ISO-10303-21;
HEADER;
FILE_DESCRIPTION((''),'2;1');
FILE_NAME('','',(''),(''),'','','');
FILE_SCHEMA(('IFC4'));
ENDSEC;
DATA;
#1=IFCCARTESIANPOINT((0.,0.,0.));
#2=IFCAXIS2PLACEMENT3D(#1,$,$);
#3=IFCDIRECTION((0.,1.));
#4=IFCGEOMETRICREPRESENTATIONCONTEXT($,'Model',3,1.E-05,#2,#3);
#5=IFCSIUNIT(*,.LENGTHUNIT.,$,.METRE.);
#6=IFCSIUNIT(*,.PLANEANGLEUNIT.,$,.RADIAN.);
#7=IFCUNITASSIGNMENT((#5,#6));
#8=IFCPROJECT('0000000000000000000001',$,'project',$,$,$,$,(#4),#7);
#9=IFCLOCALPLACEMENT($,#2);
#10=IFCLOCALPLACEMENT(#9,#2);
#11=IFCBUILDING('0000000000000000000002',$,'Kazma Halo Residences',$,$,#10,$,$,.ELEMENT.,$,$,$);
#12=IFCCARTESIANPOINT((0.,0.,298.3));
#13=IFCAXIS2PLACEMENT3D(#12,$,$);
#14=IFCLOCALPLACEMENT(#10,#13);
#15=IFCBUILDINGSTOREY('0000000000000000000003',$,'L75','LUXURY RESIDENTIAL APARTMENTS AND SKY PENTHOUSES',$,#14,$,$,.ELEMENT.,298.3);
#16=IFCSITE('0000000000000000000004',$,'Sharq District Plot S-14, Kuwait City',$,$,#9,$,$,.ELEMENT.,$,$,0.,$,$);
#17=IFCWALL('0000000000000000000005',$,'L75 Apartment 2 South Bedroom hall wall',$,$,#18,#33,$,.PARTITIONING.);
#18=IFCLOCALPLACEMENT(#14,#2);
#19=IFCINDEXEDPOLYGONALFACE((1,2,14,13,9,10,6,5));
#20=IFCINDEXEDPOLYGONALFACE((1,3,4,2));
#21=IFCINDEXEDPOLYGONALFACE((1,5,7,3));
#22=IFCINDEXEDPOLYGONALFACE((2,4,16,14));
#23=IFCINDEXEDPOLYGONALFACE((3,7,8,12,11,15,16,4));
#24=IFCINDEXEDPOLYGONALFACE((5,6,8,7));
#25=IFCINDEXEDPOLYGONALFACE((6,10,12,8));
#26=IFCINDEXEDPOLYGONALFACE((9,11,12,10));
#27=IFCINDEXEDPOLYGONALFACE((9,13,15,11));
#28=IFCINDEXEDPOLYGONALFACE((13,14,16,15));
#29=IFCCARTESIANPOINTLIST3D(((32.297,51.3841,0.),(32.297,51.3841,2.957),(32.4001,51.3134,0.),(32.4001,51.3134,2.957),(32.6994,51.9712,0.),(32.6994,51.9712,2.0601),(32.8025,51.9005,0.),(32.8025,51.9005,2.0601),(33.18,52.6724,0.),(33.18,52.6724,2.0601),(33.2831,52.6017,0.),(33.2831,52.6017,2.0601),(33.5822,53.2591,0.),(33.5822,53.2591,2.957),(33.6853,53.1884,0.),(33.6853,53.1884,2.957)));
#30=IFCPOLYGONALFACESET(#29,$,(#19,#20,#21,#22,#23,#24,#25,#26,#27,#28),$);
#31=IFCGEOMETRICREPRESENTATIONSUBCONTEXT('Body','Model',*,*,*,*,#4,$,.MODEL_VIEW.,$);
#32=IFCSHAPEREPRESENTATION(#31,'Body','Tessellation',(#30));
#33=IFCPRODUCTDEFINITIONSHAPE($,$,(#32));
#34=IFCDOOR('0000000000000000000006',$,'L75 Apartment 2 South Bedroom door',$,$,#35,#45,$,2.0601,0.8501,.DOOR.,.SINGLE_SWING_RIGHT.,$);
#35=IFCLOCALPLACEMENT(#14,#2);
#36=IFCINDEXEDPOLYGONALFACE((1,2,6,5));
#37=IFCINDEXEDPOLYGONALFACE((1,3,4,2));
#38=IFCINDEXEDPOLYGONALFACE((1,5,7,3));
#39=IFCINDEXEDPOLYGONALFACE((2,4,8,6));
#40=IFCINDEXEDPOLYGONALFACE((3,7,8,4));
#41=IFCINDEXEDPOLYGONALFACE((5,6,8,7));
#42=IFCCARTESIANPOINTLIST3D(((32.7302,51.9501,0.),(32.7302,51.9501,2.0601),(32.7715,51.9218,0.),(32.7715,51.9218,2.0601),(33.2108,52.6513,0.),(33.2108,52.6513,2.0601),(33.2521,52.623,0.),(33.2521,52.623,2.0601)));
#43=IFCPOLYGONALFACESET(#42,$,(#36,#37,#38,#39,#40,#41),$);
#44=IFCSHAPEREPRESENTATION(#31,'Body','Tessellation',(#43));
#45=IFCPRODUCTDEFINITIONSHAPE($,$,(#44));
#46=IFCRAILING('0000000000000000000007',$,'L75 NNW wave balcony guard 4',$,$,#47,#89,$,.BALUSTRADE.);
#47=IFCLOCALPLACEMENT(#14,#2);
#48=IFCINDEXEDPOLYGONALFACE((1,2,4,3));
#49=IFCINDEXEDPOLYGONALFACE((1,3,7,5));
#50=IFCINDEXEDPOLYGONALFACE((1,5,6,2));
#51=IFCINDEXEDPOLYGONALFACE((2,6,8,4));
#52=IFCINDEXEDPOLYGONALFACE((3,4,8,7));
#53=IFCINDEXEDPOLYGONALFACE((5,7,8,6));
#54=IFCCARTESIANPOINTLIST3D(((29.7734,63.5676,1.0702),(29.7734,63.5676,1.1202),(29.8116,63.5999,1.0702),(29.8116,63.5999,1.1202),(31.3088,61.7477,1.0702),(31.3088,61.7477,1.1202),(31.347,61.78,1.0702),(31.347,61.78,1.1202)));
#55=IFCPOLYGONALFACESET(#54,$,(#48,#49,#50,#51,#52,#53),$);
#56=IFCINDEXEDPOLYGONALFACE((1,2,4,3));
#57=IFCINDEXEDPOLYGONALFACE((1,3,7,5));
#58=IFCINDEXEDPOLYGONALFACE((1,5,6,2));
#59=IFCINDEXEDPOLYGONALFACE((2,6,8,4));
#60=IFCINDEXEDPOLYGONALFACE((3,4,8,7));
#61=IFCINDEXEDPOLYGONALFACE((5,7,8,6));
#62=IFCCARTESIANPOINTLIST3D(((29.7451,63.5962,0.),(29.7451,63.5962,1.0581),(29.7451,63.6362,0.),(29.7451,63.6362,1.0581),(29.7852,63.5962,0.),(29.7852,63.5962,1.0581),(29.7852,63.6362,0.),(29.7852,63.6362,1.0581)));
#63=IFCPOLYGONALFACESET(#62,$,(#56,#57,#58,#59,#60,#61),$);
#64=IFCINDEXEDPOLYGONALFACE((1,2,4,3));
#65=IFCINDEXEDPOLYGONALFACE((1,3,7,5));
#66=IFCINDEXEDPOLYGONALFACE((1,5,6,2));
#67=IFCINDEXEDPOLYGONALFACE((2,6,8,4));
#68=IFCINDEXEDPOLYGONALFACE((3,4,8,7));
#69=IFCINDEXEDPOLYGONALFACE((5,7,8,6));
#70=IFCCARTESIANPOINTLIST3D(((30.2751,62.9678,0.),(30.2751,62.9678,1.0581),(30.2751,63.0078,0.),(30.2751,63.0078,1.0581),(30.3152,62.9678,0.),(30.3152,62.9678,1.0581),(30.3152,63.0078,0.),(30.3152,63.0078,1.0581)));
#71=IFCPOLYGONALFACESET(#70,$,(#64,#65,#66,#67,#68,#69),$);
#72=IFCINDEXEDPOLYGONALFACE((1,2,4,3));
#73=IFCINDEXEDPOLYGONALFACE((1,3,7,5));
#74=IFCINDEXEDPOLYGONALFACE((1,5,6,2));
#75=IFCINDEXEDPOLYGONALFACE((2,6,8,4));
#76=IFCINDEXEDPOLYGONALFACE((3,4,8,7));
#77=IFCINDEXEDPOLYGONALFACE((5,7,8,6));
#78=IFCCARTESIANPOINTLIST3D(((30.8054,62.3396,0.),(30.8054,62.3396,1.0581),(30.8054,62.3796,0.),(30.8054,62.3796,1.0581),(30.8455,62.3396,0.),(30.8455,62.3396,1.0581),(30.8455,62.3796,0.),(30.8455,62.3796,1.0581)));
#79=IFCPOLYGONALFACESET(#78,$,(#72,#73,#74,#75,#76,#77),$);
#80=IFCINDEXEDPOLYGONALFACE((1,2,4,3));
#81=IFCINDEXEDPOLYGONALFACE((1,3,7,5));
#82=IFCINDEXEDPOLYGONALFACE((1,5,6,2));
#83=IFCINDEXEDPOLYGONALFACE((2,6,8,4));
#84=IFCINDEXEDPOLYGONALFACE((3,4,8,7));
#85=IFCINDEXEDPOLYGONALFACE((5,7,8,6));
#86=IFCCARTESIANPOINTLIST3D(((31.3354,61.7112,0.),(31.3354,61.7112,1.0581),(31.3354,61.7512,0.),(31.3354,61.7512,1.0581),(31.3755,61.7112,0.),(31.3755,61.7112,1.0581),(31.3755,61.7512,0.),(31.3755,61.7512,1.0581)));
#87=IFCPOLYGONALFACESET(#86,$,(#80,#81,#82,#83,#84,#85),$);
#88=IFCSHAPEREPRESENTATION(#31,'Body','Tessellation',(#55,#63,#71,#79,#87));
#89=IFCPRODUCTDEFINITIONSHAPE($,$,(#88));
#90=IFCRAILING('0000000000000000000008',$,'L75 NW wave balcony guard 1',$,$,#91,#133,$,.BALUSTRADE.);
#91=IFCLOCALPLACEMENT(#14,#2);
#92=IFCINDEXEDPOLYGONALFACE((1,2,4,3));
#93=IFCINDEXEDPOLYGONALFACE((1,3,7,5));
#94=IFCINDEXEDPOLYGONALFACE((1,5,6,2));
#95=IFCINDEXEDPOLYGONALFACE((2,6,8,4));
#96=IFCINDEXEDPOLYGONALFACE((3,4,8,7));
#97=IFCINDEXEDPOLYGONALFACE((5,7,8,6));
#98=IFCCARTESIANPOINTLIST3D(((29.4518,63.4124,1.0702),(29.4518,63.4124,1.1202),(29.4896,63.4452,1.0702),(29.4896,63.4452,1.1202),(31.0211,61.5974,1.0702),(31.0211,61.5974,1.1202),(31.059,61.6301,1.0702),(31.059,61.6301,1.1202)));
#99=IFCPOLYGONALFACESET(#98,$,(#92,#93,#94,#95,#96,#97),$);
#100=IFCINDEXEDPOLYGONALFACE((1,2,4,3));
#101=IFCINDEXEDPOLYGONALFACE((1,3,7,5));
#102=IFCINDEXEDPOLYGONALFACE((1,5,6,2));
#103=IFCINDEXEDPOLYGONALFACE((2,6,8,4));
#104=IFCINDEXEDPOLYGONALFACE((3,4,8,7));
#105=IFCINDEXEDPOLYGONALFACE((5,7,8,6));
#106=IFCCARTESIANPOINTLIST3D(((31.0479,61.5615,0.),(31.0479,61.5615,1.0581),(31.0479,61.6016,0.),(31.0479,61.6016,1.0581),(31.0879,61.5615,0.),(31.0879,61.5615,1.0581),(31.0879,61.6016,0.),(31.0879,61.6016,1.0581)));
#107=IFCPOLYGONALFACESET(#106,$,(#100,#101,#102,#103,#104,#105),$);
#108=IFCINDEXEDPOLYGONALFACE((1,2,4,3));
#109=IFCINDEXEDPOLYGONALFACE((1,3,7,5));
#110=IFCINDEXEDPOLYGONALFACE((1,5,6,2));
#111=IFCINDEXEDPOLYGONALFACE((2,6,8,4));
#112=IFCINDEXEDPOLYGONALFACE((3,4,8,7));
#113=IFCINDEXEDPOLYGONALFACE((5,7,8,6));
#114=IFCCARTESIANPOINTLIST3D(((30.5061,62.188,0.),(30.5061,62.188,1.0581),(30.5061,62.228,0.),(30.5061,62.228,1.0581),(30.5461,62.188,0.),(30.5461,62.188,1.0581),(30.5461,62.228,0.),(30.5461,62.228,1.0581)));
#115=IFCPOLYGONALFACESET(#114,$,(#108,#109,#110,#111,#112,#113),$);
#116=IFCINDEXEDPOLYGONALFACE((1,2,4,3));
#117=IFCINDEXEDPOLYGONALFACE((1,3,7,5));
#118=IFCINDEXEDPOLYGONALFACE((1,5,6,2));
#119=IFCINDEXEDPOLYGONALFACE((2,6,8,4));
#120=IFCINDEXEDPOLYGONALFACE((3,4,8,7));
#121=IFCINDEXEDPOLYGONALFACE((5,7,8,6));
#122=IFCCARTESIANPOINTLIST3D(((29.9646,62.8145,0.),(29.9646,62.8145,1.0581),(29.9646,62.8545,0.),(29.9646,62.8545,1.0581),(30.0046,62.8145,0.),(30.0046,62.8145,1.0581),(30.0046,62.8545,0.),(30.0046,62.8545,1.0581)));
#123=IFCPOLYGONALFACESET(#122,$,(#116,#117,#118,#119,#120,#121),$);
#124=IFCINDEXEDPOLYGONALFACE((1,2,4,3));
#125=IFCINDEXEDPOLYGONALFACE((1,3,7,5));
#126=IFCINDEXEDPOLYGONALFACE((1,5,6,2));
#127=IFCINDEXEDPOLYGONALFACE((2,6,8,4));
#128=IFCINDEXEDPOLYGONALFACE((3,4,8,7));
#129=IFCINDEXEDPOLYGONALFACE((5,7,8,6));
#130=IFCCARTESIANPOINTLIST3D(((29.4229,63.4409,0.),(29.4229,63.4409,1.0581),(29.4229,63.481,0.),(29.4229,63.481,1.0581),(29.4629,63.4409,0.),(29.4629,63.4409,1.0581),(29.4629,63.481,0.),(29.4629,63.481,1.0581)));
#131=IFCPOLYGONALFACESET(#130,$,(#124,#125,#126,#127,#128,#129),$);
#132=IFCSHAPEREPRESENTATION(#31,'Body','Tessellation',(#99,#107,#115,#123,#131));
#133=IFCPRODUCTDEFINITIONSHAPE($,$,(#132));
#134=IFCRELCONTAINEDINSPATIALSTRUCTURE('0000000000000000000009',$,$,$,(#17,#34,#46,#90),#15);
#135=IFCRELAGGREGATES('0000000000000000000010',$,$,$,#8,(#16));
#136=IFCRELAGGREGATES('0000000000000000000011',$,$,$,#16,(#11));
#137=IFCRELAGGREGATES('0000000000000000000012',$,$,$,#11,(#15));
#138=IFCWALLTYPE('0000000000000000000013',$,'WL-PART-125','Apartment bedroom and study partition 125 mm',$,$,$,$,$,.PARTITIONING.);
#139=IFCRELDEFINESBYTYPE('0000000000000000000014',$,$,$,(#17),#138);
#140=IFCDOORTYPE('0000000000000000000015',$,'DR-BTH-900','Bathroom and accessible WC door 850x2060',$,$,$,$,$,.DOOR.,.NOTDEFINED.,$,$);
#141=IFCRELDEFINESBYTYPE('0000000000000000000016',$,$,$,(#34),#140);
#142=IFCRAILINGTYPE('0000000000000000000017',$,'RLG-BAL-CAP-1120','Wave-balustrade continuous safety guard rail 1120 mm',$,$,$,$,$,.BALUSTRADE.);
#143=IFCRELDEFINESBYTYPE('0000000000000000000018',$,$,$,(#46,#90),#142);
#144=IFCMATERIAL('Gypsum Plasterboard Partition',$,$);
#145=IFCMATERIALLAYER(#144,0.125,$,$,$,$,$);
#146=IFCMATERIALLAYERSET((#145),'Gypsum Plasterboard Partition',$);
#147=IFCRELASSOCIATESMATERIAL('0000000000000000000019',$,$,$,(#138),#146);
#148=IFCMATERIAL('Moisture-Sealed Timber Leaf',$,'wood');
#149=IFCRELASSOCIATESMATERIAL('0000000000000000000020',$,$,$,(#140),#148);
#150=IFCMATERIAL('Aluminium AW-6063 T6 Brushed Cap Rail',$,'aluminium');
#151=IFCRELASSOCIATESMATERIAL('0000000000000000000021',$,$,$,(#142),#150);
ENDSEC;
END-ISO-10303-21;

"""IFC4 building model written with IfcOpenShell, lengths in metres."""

from ifc_helpers import new_model, si_unit, direction, frame, frame_2d, origin, origin_2d, place, context, subcontext, project, spatial, rectangle, extrude, material, layer, layer_set, type_object, element, fill, save


model = new_model("IFC4")

# Units and contexts
model_context = context("Model", 3, precision=1e-05, world=origin(), true_north=direction((0.0, 1.0)))
body_context = subcontext(model_context, "Body", "Model", "MODEL_VIEW")
ifc_project = project(units=[si_unit("LENGTHUNIT", "METRE"), si_unit("PLANEANGLEUNIT", "RADIAN")], contexts=[model_context])

# Site, building, storey
site_placement = place(None, origin())
site = spatial("IfcSite", under=ifc_project, at=site_placement, Name="Sharq District Plot S-14, Kuwait City", CompositionType="ELEMENT", RefElevation=0.0)
building_placement = place(site_placement, origin())
building = spatial("IfcBuilding", under=site, at=building_placement, Name="Kazma Halo Residences", CompositionType="ELEMENT")
storey_placement = place(building_placement, frame((0.0, 0.0, 298.3)))
storey = spatial("IfcBuildingStorey", under=building, at=storey_placement, Name="L75", Description="LUXURY RESIDENTIAL APARTMENTS AND SKY PENTHOUSES", CompositionType="ELEMENT", Elevation=298.3)

# Shared definitions
ifc_material_1 = material(Name="Gypsum Plasterboard Partition")
ifc_layer_1 = layer(ifc_material_1, 0.125)
ifc_layer_set_1 = layer_set([ifc_layer_1], Name="Gypsum Plasterboard Partition")
wall_type_1 = type_object("IfcWallType", Name="WL-PART-125", Description="Apartment bedroom and study partition 125 mm", PredefinedType="PARTITIONING", material=ifc_layer_set_1)

# Wall, opening, door
wall_1_placement = place(storey_placement, frame((33.6338, 53.2239, 0.0), z_axis=(0.0, 0.0, 1.0), x_axis=(-0.565361, -0.824843, 0.0)))
wall_1 = element("IfcWall", 1, at=wall_1_placement, inside=storey, type_object=wall_type_1, Name="L75 Apartment 2 South Bedroom hall wall", PredefinedType="PARTITIONING", context=body_context, shape_type="SweptSolid", body=[
    extrude(rectangle(XDim=2.2732, YDim=0.125, at=frame_2d((1.1367, 0.0))), origin(), (0.0, 0.0, 1.0), 2.957),
])
opening_1_placement = place(wall_1_placement, frame((0.7114, 0.0, 0.0)))
opening_1 = element("IfcOpeningElement", 2, at=opening_1_placement, cuts=wall_1, PredefinedType="OPENING", context=body_context, shape_type="SweptSolid", body=[
    extrude(rectangle(XDim=0.8501, YDim=2.0601, at=frame_2d((0.425, 1.03))), frame((0.0, 0.0725, 0.0), z_axis=(0.0, -1.0, 0.0), x_axis=(1.0, 0.0, 0.0)), (0.0, 0.0, 1.0), 0.145),
])
ifc_material_2 = material(Name="Moisture-Sealed Timber Leaf", Category="wood")
door_type_1 = type_object("IfcDoorType", Name="DR-BTH-900", Description="Bathroom and accessible WC door 850x2060", OperationType="NOTDEFINED", PredefinedType="DOOR", material=ifc_material_2)
door_1_placement = place(opening_1_placement, origin())
door_1 = element("IfcDoor", 3, at=door_1_placement, inside=storey, type_object=door_type_1, Name="L75 Apartment 2 South Bedroom door", OperationType="SINGLE_SWING_RIGHT", OverallHeight=2.0601, OverallWidth=0.8501, PredefinedType="DOOR", context=body_context, shape_type="SweptSolid", body=[
    extrude(rectangle(XDim=0.8501, YDim=2.0601, at=frame_2d((0.425, 1.03))), frame((0.0, 0.0249, 0.0), z_axis=(0.0, -1.0, 0.0), x_axis=(1.0, 0.0, 0.0)), (0.0, 0.0, 1.0), 0.05),
])
fill(opening_1, door_1)

# Railings
ifc_material_3 = material(Name="Aluminium AW-6063 T6 Brushed Cap Rail", Category="aluminium")
railing_type = type_object("IfcRailingType", Name="RLG-BAL-CAP-1120", Description="Wave-balustrade continuous safety guard rail 1120 mm", PredefinedType="BALUSTRADE", material=ifc_material_3)
railing_1_placement = place(storey_placement, frame((29.7651, 63.6162, 0.0)))
element("IfcRailing", 4, at=railing_1_placement, inside=storey, type_object=railing_type, Name="L75 NNW wave balcony guard 4", PredefinedType="BALUSTRADE", context=body_context, shape_type="SweptSolid", body=[
    extrude(rectangle(XDim=0.05, YDim=0.05, at=origin_2d()), frame((0.0273, -0.0325, 1.0952), z_axis=(0.644837, -0.76432, 0.0), x_axis=(0.76432, 0.644837, 0.0)), (0.0, 0.0, 1.0), 2.3811),
    extrude(rectangle(XDim=0.04, YDim=0.04, at=origin_2d()), origin(), (0.0, 0.0, 1.0), 1.0581),
    extrude(rectangle(XDim=0.04, YDim=0.04, at=origin_2d()), frame((0.53, -0.6284, 0.0)), (0.0, 0.0, 1.0), 1.0581),
    extrude(rectangle(XDim=0.04, YDim=0.04, at=origin_2d()), frame((1.0603, -1.2566, 0.0)), (0.0, 0.0, 1.0), 1.0581),
    extrude(rectangle(XDim=0.04, YDim=0.04, at=origin_2d()), frame((1.5903, -1.885, 0.0)), (0.0, 0.0, 1.0), 1.0581),
])
railing_2_placement = place(storey_placement, frame((31.0679, 61.5815, 0.0)))
element("IfcRailing", 5, at=railing_2_placement, inside=storey, type_object=railing_type, Name="L75 NW wave balcony guard 1", PredefinedType="BALUSTRADE", context=body_context, shape_type="SweptSolid", body=[
    extrude(rectangle(XDim=0.05, YDim=0.05, at=origin_2d()), frame((-0.0278, 0.0322, 1.0952), z_axis=(-0.654055, 0.756447, 0.0), x_axis=(-0.756447, -0.654055, 0.0)), (0.0, 0.0, 1.0), 2.3994),
    extrude(rectangle(XDim=0.04, YDim=0.04, at=origin_2d()), origin(), (0.0, 0.0, 1.0), 1.0581),
    extrude(rectangle(XDim=0.04, YDim=0.04, at=origin_2d()), frame((-0.5417, 0.6265, 0.0)), (0.0, 0.0, 1.0), 1.0581),
    extrude(rectangle(XDim=0.04, YDim=0.04, at=origin_2d()), frame((-1.0833, 1.2529, 0.0)), (0.0, 0.0, 1.0), 1.0581),
    extrude(rectangle(XDim=0.04, YDim=0.04, at=origin_2d()), frame((-1.625, 1.8794, 0.0)), (0.0, 0.0, 1.0), 1.0581),
])

save(model, "model.ifc")
